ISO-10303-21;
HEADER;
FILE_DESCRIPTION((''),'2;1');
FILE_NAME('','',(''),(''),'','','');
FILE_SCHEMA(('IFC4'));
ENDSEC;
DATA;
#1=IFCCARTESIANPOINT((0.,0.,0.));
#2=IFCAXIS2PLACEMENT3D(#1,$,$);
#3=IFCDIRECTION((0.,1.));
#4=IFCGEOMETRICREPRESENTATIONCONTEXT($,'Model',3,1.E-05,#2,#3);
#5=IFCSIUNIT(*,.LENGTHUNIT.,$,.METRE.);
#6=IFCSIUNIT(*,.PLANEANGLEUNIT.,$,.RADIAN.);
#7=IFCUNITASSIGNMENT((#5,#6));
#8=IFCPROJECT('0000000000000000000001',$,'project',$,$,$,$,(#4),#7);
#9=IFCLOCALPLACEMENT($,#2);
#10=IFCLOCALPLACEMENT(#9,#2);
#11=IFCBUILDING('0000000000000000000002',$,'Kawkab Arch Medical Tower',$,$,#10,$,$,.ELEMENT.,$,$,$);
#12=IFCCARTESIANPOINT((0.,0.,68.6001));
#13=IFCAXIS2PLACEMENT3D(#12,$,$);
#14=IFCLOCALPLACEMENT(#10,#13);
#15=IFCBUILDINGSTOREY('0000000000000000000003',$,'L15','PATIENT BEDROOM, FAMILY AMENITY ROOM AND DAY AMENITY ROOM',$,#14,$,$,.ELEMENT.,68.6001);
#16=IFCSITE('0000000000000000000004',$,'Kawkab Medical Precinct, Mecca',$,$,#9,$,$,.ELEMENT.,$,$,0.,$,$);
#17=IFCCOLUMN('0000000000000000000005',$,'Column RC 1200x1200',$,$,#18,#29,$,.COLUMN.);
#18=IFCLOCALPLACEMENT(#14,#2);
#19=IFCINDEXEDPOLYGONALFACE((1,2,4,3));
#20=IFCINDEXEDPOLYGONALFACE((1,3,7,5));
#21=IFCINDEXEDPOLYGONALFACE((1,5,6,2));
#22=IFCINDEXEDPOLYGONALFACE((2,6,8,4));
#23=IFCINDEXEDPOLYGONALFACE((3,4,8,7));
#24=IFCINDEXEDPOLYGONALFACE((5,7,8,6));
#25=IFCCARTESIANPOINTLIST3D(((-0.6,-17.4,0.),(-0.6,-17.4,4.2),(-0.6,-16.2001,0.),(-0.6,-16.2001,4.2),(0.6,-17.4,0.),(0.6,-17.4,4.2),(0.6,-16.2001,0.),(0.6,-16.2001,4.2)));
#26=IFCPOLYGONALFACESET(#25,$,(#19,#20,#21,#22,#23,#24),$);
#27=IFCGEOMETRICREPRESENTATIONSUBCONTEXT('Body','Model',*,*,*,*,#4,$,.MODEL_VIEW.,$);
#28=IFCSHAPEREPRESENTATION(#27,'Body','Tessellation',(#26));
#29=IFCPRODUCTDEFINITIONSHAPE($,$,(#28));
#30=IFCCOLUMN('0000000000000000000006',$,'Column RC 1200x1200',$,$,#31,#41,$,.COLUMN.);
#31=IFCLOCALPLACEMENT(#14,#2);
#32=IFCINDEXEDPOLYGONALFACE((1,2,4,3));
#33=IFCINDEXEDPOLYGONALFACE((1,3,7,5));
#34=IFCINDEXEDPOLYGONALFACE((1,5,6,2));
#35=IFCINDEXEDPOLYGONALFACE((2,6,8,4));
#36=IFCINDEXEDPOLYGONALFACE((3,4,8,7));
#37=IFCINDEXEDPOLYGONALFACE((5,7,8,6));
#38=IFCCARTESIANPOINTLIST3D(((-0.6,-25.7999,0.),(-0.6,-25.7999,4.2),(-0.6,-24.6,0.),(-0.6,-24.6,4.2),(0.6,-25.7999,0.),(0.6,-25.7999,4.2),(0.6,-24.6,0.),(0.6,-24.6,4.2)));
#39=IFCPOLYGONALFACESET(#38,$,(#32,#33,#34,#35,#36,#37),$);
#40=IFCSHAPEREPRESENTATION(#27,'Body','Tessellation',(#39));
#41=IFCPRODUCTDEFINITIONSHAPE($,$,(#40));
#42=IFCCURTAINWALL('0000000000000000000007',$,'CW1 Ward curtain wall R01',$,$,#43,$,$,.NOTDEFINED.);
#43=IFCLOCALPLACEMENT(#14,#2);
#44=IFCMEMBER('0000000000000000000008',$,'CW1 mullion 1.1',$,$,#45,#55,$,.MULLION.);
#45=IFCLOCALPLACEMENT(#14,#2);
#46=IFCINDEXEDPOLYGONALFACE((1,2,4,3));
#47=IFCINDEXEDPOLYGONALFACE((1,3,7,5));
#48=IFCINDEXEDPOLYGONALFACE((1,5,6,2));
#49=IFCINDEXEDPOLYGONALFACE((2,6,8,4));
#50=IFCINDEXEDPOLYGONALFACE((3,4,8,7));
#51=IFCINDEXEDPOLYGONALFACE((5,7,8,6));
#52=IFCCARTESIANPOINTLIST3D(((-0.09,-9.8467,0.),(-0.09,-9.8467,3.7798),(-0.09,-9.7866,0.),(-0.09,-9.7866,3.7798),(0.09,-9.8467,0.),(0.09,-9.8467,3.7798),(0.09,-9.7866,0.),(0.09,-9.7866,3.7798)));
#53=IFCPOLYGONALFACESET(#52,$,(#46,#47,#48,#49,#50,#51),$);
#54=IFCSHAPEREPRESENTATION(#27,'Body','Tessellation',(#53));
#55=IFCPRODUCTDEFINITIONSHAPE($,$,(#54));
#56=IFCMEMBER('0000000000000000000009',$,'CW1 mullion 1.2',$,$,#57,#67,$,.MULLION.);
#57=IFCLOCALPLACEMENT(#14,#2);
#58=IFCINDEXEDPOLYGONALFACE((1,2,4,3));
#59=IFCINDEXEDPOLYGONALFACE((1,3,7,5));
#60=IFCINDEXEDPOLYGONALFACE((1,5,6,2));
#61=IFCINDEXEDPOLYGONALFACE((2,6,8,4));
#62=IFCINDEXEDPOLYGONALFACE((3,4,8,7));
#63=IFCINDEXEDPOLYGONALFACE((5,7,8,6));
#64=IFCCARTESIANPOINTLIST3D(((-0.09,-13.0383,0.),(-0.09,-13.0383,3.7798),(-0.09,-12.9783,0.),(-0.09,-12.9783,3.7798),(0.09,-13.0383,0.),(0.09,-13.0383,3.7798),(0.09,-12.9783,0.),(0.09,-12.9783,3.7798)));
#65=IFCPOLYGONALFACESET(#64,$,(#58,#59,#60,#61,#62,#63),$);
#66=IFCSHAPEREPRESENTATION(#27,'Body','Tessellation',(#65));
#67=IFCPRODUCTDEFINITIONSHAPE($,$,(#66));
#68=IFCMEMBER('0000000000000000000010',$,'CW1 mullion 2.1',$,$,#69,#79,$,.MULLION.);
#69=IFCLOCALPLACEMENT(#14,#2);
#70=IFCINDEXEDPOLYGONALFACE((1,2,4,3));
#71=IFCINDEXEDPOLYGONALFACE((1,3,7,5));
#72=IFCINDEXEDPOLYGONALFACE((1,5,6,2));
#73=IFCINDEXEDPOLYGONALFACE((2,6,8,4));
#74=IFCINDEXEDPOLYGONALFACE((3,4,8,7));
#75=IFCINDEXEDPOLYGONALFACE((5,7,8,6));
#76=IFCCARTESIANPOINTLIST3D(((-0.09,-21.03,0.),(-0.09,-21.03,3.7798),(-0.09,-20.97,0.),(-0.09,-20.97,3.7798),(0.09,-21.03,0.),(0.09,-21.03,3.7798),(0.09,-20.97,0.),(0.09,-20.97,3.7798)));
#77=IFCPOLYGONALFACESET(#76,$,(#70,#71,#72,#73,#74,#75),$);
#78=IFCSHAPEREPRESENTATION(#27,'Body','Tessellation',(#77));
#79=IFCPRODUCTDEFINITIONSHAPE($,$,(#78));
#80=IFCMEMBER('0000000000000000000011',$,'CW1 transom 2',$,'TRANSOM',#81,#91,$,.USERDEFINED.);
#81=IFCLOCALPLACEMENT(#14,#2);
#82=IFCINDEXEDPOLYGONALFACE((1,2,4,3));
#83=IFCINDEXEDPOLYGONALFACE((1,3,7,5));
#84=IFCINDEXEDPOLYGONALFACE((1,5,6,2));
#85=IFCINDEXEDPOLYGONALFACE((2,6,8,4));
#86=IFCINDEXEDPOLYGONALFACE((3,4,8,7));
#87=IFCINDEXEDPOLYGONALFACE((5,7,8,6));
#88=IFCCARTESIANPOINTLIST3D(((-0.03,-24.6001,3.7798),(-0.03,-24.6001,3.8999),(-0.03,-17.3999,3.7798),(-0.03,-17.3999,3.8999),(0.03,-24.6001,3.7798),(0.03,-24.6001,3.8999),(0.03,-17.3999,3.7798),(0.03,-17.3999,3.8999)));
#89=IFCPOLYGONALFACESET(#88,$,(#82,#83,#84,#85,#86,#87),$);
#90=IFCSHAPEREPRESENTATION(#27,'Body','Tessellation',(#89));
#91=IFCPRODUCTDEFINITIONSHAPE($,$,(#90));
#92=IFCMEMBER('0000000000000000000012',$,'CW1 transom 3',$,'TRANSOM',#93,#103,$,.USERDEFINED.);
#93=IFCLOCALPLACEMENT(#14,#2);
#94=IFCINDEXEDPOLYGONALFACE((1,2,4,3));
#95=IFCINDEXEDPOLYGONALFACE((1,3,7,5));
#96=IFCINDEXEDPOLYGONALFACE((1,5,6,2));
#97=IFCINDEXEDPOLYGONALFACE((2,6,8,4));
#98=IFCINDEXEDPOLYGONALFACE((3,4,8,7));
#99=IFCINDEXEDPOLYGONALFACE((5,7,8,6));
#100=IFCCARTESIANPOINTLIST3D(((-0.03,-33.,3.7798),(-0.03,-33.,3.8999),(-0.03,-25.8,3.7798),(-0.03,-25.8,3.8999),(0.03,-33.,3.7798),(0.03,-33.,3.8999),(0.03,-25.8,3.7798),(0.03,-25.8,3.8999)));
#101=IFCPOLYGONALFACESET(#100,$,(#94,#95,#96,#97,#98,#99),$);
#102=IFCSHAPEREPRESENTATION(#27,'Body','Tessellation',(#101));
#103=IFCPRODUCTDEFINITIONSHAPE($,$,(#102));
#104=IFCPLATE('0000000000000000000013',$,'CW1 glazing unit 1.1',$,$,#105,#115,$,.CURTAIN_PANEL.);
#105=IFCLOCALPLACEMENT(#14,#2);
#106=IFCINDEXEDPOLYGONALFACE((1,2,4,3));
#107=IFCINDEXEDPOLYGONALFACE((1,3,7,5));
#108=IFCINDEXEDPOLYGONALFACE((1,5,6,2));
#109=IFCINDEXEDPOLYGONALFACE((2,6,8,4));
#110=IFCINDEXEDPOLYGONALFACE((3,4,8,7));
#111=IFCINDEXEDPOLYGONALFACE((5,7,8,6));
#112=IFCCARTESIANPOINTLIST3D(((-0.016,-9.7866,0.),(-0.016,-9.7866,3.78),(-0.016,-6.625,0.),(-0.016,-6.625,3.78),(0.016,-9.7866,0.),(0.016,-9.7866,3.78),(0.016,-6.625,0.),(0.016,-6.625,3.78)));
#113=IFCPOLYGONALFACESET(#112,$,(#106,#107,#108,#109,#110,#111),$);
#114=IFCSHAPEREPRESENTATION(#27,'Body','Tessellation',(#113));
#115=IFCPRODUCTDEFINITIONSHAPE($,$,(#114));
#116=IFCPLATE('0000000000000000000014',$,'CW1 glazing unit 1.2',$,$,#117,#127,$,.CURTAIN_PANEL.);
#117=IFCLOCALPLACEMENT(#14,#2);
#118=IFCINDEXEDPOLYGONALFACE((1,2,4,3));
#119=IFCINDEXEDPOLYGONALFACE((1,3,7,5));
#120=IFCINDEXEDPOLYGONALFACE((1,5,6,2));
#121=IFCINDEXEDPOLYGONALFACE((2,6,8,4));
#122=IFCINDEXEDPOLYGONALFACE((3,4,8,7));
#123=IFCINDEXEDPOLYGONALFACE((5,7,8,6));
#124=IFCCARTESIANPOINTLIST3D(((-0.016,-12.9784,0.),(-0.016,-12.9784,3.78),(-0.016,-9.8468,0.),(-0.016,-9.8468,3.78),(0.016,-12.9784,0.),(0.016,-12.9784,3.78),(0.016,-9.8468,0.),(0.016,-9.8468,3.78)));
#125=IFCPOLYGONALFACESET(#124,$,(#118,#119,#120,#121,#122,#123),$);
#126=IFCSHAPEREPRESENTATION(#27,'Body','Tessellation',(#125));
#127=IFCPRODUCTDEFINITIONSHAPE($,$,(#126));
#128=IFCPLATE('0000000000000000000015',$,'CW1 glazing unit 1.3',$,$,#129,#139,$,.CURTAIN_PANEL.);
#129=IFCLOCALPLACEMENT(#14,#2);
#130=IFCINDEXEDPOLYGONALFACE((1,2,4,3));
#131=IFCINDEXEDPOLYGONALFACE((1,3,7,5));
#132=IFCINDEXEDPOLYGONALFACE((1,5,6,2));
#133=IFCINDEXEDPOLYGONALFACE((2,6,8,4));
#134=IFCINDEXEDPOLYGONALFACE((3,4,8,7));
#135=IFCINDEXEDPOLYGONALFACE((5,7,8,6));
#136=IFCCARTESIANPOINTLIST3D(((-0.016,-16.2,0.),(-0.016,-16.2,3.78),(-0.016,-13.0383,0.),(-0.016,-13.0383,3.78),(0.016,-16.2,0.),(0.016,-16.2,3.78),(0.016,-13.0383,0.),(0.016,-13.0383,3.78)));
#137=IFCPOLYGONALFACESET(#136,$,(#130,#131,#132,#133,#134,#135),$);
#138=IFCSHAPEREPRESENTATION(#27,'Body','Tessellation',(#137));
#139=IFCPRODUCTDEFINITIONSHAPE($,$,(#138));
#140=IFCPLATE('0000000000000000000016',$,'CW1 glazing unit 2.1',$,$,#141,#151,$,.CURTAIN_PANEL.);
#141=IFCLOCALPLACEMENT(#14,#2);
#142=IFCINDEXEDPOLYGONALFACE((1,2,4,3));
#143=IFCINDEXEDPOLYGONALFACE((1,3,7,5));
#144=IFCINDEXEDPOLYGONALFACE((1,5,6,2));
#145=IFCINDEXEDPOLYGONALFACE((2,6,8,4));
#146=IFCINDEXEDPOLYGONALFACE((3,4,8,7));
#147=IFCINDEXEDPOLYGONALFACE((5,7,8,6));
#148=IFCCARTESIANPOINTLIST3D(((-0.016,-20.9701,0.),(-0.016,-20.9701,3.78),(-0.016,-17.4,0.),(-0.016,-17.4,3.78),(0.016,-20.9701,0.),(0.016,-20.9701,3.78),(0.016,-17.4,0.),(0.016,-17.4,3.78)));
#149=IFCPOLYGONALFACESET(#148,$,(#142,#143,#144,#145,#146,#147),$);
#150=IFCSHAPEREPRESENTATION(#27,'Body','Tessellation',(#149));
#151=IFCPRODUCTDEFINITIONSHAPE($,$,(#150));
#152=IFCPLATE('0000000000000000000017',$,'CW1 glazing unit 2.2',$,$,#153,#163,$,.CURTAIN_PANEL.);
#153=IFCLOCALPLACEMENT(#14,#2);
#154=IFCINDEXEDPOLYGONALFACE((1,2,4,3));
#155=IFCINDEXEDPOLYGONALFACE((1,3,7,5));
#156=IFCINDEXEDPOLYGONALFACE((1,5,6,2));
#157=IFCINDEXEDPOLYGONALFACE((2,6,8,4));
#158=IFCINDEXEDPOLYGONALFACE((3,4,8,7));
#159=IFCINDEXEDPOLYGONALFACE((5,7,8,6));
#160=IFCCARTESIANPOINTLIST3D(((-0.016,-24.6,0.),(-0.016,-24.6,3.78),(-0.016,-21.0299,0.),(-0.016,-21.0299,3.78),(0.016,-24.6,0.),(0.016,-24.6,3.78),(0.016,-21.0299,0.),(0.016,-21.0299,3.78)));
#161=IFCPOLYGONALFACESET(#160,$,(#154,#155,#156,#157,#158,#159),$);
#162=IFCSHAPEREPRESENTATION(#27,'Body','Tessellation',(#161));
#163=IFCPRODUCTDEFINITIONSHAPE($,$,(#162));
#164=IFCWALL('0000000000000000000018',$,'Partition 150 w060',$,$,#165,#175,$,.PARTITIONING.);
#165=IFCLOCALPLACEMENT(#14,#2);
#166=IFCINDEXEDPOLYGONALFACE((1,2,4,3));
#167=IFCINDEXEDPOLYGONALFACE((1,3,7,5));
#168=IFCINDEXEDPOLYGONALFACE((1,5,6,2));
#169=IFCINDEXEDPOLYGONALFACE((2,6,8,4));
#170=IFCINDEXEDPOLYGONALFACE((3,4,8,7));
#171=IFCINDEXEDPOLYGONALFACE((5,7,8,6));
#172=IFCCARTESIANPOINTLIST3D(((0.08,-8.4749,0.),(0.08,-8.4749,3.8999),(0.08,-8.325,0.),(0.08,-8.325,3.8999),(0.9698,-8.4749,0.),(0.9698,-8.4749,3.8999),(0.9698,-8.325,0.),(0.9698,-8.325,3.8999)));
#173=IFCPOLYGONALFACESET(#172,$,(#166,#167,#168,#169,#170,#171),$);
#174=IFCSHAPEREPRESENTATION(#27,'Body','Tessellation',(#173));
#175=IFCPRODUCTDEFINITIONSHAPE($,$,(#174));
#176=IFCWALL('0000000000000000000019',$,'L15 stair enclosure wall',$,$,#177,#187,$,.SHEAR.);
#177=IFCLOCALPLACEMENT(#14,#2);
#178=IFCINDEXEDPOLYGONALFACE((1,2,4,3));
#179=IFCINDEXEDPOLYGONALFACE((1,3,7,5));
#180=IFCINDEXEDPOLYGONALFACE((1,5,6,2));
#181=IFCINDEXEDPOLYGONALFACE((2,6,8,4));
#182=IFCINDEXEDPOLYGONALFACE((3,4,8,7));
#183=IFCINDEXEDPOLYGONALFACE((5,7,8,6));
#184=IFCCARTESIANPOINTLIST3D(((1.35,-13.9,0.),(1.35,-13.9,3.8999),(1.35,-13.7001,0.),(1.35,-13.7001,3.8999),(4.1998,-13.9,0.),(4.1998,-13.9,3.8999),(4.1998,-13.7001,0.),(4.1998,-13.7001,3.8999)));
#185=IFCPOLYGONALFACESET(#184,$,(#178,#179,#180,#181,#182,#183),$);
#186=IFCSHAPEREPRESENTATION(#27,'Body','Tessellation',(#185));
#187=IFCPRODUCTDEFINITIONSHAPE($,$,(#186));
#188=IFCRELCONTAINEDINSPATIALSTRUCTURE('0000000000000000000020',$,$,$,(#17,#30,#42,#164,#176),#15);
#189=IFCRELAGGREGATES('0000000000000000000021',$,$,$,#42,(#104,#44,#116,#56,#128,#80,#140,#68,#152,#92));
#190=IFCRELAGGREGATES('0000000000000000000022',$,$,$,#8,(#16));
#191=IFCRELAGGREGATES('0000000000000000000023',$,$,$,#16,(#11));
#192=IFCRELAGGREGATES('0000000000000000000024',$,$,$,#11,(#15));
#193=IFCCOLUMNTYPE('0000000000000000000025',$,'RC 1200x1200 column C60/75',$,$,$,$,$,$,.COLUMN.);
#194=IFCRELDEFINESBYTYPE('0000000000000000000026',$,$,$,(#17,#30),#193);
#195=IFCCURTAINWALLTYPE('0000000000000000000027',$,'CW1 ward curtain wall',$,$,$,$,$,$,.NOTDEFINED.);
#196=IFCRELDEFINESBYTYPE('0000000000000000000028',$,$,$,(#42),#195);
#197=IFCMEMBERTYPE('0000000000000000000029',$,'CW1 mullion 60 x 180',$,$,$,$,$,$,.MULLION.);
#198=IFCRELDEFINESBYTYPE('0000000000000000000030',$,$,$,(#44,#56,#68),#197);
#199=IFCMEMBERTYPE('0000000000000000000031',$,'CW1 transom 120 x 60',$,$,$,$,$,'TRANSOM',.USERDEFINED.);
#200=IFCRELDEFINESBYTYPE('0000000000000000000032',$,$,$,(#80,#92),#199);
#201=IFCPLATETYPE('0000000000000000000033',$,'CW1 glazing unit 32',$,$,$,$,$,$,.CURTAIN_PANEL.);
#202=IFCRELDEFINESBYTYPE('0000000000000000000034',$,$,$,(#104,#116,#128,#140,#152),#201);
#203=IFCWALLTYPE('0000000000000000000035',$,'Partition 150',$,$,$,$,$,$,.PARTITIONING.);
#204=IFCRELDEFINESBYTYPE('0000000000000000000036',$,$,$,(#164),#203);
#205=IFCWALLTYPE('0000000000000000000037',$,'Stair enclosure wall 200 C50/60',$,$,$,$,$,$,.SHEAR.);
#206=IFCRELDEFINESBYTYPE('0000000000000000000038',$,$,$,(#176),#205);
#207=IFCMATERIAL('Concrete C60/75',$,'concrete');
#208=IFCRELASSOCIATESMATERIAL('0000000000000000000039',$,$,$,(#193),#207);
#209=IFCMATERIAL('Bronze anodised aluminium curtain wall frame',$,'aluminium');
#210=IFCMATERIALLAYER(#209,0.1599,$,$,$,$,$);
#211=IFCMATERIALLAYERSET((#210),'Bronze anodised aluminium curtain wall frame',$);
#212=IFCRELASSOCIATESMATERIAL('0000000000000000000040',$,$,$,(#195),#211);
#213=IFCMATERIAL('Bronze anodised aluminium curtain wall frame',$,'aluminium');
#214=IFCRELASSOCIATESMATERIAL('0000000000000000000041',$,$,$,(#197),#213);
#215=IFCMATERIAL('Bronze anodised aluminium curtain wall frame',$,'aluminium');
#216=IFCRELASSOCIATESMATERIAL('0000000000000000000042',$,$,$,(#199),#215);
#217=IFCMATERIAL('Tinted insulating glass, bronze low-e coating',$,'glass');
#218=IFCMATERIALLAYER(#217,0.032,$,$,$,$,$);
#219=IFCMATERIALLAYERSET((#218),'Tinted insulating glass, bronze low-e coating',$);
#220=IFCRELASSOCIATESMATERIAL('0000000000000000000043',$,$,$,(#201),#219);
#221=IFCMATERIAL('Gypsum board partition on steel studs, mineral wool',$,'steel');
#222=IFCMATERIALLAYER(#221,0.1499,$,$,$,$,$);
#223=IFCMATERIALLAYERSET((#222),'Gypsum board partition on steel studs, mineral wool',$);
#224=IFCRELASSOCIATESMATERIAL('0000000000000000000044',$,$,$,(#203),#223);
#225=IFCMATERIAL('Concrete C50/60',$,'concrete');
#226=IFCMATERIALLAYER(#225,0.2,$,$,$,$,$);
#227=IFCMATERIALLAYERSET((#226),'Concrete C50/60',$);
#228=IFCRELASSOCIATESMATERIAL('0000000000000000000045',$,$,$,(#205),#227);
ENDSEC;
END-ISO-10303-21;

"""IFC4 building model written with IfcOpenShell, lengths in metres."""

from ifc_helpers import new_model, si_unit, direction, frame, frame_2d, origin, origin_2d, place, context, subcontext, project, spatial, rectangle, extrude, material, layer, layer_set, material_profile, profile_set, type_object, element, aggregate, save


model = new_model("IFC4")

# Units and contexts
model_context = context("Model", 3, precision=1e-05, world=origin(), true_north=direction((0.0, 1.0)))
body_context = subcontext(model_context, "Body", "Model", "MODEL_VIEW")
ifc_project = project(units=[si_unit("LENGTHUNIT", "METRE"), si_unit("PLANEANGLEUNIT", "RADIAN")], contexts=[model_context])

# Site, building, storey
site_placement = place(None, origin())
site = spatial("IfcSite", under=ifc_project, at=site_placement, Name="Kawkab Medical Precinct, Mecca", CompositionType="ELEMENT", RefElevation=0.0)
building_placement = place(site_placement, origin())
building = spatial("IfcBuilding", under=site, at=building_placement, Name="Kawkab Arch Medical Tower", CompositionType="ELEMENT")
storey_placement = place(building_placement, frame((0.0, 0.0, 68.6001)))
storey = spatial("IfcBuildingStorey", under=building, at=storey_placement, Name="L15", Description="PATIENT BEDROOM, FAMILY AMENITY ROOM AND DAY AMENITY ROOM", CompositionType="ELEMENT", Elevation=68.6001)

# Columns
ifc_material_1 = material(Name="Concrete C60/75", Category="concrete")
ifc_material_profile_1 = material_profile(ifc_material_1, rectangle(XDim=1.2, YDim=1.2, at=origin_2d()), Name="RC 1200x1200")
ifc_profile_set_1 = profile_set([ifc_material_profile_1], Name="Concrete C60/75")
column_type = type_object("IfcColumnType", Name="RC 1200x1200 column C60/75", PredefinedType="COLUMN", material=ifc_profile_set_1)
for number, where, z_axis, x_axis, name in (
    (1, (0.0, -16.8, 0.0), (0.0, 0.0, 1.0), (1.0, 0.0, 0.0), "Column RC 1200x1200"),
    (2, (0.0, -25.2, 0.0), (0.0, 0.0, 1.0), (1.0, 0.0, 0.0), "Column RC 1200x1200"),
):
    element("IfcColumn", number, at=place(storey_placement, frame(where, z_axis=z_axis, x_axis=x_axis)), inside=storey, type_object=column_type, Name=name, PredefinedType="COLUMN", context=body_context, shape_type="SweptSolid", body=[
        extrude(rectangle(XDim=1.2, YDim=1.2, at=origin_2d()), origin(), (0.0, 0.0, 1.0), 4.2),
    ])

# Curtain wall, members, plates
ifc_material_2 = material(Name="Bronze anodised aluminium curtain wall frame", Category="aluminium")
ifc_layer_1 = layer(ifc_material_2, 0.1599)
ifc_layer_set_1 = layer_set([ifc_layer_1], Name="Bronze anodised aluminium curtain wall frame")
curtain_wall_type = type_object("IfcCurtainWallType", Name="CW1 ward curtain wall", PredefinedType="NOTDEFINED", material=ifc_layer_set_1)
placement = place(storey_placement, origin())
curtain_wall = element("IfcCurtainWall", 3, at=placement, inside=storey, type_object=curtain_wall_type, Name="CW1 Ward curtain wall R01", PredefinedType="NOTDEFINED")
ifc_material_3 = material(Name="Bronze anodised aluminium curtain wall frame", Category="aluminium")
ifc_material_profile_2 = material_profile(ifc_material_3, rectangle(XDim=0.1799, YDim=0.0601, at=origin_2d()), Name="AL 60x180")
ifc_profile_set_2 = profile_set([ifc_material_profile_2], Name="Bronze anodised aluminium curtain wall frame")
member_type_1 = type_object("IfcMemberType", Name="CW1 mullion 60 x 180", PredefinedType="MULLION", material=ifc_profile_set_2)
member_1_placement = place(storey_placement, frame((0.0, -9.8167, 0.0), z_axis=(0.0, 0.0, 1.0), x_axis=(1.0, 0.0, 0.0)))
member_1 = element("IfcMember", 4, at=member_1_placement, type_object=member_type_1, Name="CW1 mullion 1.1", PredefinedType="MULLION", context=body_context, shape_type="SweptSolid", body=[
    extrude(rectangle(XDim=0.1799, YDim=0.0601, at=origin_2d()), origin(), (0.0, 0.0, 1.0), 3.7798),
])
member_2_placement = place(storey_placement, frame((0.0, -13.0083, 0.0), z_axis=(0.0, 0.0, 1.0), x_axis=(1.0, 0.0, 0.0)))
member_2 = element("IfcMember", 5, at=member_2_placement, type_object=member_type_1, Name="CW1 mullion 1.2", PredefinedType="MULLION", context=body_context, shape_type="SweptSolid", body=[
    extrude(rectangle(XDim=0.1799, YDim=0.0601, at=origin_2d()), origin(), (0.0, 0.0, 1.0), 3.7798),
])
member_3_placement = place(storey_placement, frame((0.0, -21.0, 0.0), z_axis=(0.0, 0.0, 1.0), x_axis=(1.0, 0.0, 0.0)))
member_3 = element("IfcMember", 6, at=member_3_placement, type_object=member_type_1, Name="CW1 mullion 2.1", PredefinedType="MULLION", context=body_context, shape_type="SweptSolid", body=[
    extrude(rectangle(XDim=0.1799, YDim=0.0601, at=origin_2d()), origin(), (0.0, 0.0, 1.0), 3.7798),
])
ifc_material_4 = material(Name="Bronze anodised aluminium curtain wall frame", Category="aluminium")
ifc_material_profile_3 = material_profile(ifc_material_4, rectangle(XDim=0.0601, YDim=0.1201, at=origin_2d()), Name="AL 60x120")
ifc_profile_set_3 = profile_set([ifc_material_profile_3], Name="Bronze anodised aluminium curtain wall frame")
member_type_2 = type_object("IfcMemberType", Name="CW1 transom 120 x 60", ElementType="TRANSOM", PredefinedType="USERDEFINED", material=ifc_profile_set_3)
member_4_placement = place(storey_placement, frame((0.0, -17.3999, 3.8398), z_axis=(0.0, -1.0, 0.0), x_axis=(1.0, 0.0, 0.0)))
member_4 = element("IfcMember", 7, at=member_4_placement, type_object=member_type_2, Name="CW1 transom 2", ObjectType="TRANSOM", PredefinedType="USERDEFINED", context=body_context, shape_type="SweptSolid", body=[
    extrude(rectangle(XDim=0.0601, YDim=0.1201, at=origin_2d()), origin(), (0.0, 0.0, 1.0), 7.2002),
])
member_5_placement = place(storey_placement, frame((0.0, -25.8, 3.8398), z_axis=(0.0, -1.0, 0.0), x_axis=(1.0, 0.0, 0.0)))
member_5 = element("IfcMember", 8, at=member_5_placement, type_object=member_type_2, Name="CW1 transom 3", ObjectType="TRANSOM", PredefinedType="USERDEFINED", context=body_context, shape_type="SweptSolid", body=[
    extrude(rectangle(XDim=0.0601, YDim=0.1201, at=origin_2d()), origin(), (0.0, 0.0, 1.0), 7.2),
])
ifc_material_5 = material(Name="Tinted insulating glass, bronze low-e coating", Category="glass")
ifc_layer_2 = layer(ifc_material_5, 0.032)
ifc_layer_set_2 = layer_set([ifc_layer_2], Name="Tinted insulating glass, bronze low-e coating")
plate_type = type_object("IfcPlateType", Name="CW1 glazing unit 32", PredefinedType="CURTAIN_PANEL", material=ifc_layer_set_2)
plate_1_placement = place(storey_placement, frame((0.0, -8.2058, 0.0), z_axis=(0.0, 0.0, 1.0), x_axis=(0.0, -1.0, 0.0)))
plate_1 = element("IfcPlate", 9, at=plate_1_placement, type_object=plate_type, Name="CW1 glazing unit 1.1", PredefinedType="CURTAIN_PANEL", context=body_context, shape_type="SweptSolid", body=[
    extrude(rectangle(XDim=3.1616, YDim=0.032, at=origin_2d()), origin(), (0.0, 0.0, 1.0), 3.78),
])
plate_2_placement = place(storey_placement, frame((0.0, -11.4126, 0.0), z_axis=(0.0, 0.0, 1.0), x_axis=(0.0, -1.0, 0.0)))
plate_2 = element("IfcPlate", 10, at=plate_2_placement, type_object=plate_type, Name="CW1 glazing unit 1.2", PredefinedType="CURTAIN_PANEL", context=body_context, shape_type="SweptSolid", body=[
    extrude(rectangle(XDim=3.1316, YDim=0.032, at=origin_2d()), origin(), (0.0, 0.0, 1.0), 3.78),
])
plate_3_placement = place(storey_placement, frame((0.0, -14.6191, 0.0), z_axis=(0.0, 0.0, 1.0), x_axis=(0.0, -1.0, 0.0)))
plate_3 = element("IfcPlate", 11, at=plate_3_placement, type_object=plate_type, Name="CW1 glazing unit 1.3", PredefinedType="CURTAIN_PANEL", context=body_context, shape_type="SweptSolid", body=[
    extrude(rectangle(XDim=3.1616, YDim=0.032, at=origin_2d()), origin(), (0.0, 0.0, 1.0), 3.78),
])
plate_4_placement = place(storey_placement, frame((0.0, -19.1851, 0.0), z_axis=(0.0, 0.0, 1.0), x_axis=(0.0, -1.0, 0.0)))
plate_4 = element("IfcPlate", 12, at=plate_4_placement, type_object=plate_type, Name="CW1 glazing unit 2.1", PredefinedType="CURTAIN_PANEL", context=body_context, shape_type="SweptSolid", body=[
    extrude(rectangle(XDim=3.5701, YDim=0.032, at=origin_2d()), origin(), (0.0, 0.0, 1.0), 3.78),
])
plate_5_placement = place(storey_placement, frame((0.0, -22.8149, 0.0), z_axis=(0.0, 0.0, 1.0), x_axis=(0.0, -1.0, 0.0)))
plate_5 = element("IfcPlate", 13, at=plate_5_placement, type_object=plate_type, Name="CW1 glazing unit 2.2", PredefinedType="CURTAIN_PANEL", context=body_context, shape_type="SweptSolid", body=[
    extrude(rectangle(XDim=3.5701, YDim=0.032, at=origin_2d()), origin(), (0.0, 0.0, 1.0), 3.78),
])
aggregate(curtain_wall, [plate_1, member_1, plate_2, member_2, plate_3, member_4, plate_4, member_3, plate_5, member_5])

# Walls
ifc_material_6 = material(Name="Gypsum board partition on steel studs, mineral wool", Category="steel")
ifc_layer_3 = layer(ifc_material_6, 0.1499)
ifc_layer_set_3 = layer_set([ifc_layer_3], Name="Gypsum board partition on steel studs, mineral wool")
wall_type_1 = type_object("IfcWallType", Name="Partition 150", PredefinedType="PARTITIONING", material=ifc_layer_set_3)
wall_placement = place(storey_placement, frame((0.0801, -8.3999, 0.0), z_axis=(0.0, 0.0, 1.0), x_axis=(1.0, 0.0, 0.0)))
element("IfcWall", 14, at=wall_placement, inside=storey, type_object=wall_type_1, Name="Partition 150 w060", PredefinedType="PARTITIONING", context=body_context, shape_type="SweptSolid", body=[
    extrude(rectangle(XDim=0.8899, YDim=0.1499, at=frame_2d((0.4448, 0.0))), origin(), (0.0, 0.0, 1.0), 3.8999),
])
ifc_material_7 = material(Name="Concrete C50/60", Category="concrete")
ifc_layer_4 = layer(ifc_material_7, 0.2)
ifc_layer_set_4 = layer_set([ifc_layer_4], Name="Concrete C50/60")
wall_type_2 = type_object("IfcWallType", Name="Stair enclosure wall 200 C50/60", PredefinedType="SHEAR", material=ifc_layer_set_4)
for number, where, z_axis, x_axis, name in (
    (15, (1.3501, -13.8, 0.0), (0.0, 0.0, 1.0), (1.0, 0.0, 0.0), "L15 stair enclosure wall"),
):
    element("IfcWall", number, at=place(storey_placement, frame(where, z_axis=z_axis, x_axis=x_axis)), inside=storey, type_object=wall_type_2, Name=name, PredefinedType="SHEAR", context=body_context, shape_type="SweptSolid", body=[
        extrude(rectangle(XDim=2.8499, YDim=0.2, at=frame_2d((1.4248, 0.0))), origin(), (0.0, 0.0, 1.0), 3.8999),
    ])

save(model, "model.ifc")
